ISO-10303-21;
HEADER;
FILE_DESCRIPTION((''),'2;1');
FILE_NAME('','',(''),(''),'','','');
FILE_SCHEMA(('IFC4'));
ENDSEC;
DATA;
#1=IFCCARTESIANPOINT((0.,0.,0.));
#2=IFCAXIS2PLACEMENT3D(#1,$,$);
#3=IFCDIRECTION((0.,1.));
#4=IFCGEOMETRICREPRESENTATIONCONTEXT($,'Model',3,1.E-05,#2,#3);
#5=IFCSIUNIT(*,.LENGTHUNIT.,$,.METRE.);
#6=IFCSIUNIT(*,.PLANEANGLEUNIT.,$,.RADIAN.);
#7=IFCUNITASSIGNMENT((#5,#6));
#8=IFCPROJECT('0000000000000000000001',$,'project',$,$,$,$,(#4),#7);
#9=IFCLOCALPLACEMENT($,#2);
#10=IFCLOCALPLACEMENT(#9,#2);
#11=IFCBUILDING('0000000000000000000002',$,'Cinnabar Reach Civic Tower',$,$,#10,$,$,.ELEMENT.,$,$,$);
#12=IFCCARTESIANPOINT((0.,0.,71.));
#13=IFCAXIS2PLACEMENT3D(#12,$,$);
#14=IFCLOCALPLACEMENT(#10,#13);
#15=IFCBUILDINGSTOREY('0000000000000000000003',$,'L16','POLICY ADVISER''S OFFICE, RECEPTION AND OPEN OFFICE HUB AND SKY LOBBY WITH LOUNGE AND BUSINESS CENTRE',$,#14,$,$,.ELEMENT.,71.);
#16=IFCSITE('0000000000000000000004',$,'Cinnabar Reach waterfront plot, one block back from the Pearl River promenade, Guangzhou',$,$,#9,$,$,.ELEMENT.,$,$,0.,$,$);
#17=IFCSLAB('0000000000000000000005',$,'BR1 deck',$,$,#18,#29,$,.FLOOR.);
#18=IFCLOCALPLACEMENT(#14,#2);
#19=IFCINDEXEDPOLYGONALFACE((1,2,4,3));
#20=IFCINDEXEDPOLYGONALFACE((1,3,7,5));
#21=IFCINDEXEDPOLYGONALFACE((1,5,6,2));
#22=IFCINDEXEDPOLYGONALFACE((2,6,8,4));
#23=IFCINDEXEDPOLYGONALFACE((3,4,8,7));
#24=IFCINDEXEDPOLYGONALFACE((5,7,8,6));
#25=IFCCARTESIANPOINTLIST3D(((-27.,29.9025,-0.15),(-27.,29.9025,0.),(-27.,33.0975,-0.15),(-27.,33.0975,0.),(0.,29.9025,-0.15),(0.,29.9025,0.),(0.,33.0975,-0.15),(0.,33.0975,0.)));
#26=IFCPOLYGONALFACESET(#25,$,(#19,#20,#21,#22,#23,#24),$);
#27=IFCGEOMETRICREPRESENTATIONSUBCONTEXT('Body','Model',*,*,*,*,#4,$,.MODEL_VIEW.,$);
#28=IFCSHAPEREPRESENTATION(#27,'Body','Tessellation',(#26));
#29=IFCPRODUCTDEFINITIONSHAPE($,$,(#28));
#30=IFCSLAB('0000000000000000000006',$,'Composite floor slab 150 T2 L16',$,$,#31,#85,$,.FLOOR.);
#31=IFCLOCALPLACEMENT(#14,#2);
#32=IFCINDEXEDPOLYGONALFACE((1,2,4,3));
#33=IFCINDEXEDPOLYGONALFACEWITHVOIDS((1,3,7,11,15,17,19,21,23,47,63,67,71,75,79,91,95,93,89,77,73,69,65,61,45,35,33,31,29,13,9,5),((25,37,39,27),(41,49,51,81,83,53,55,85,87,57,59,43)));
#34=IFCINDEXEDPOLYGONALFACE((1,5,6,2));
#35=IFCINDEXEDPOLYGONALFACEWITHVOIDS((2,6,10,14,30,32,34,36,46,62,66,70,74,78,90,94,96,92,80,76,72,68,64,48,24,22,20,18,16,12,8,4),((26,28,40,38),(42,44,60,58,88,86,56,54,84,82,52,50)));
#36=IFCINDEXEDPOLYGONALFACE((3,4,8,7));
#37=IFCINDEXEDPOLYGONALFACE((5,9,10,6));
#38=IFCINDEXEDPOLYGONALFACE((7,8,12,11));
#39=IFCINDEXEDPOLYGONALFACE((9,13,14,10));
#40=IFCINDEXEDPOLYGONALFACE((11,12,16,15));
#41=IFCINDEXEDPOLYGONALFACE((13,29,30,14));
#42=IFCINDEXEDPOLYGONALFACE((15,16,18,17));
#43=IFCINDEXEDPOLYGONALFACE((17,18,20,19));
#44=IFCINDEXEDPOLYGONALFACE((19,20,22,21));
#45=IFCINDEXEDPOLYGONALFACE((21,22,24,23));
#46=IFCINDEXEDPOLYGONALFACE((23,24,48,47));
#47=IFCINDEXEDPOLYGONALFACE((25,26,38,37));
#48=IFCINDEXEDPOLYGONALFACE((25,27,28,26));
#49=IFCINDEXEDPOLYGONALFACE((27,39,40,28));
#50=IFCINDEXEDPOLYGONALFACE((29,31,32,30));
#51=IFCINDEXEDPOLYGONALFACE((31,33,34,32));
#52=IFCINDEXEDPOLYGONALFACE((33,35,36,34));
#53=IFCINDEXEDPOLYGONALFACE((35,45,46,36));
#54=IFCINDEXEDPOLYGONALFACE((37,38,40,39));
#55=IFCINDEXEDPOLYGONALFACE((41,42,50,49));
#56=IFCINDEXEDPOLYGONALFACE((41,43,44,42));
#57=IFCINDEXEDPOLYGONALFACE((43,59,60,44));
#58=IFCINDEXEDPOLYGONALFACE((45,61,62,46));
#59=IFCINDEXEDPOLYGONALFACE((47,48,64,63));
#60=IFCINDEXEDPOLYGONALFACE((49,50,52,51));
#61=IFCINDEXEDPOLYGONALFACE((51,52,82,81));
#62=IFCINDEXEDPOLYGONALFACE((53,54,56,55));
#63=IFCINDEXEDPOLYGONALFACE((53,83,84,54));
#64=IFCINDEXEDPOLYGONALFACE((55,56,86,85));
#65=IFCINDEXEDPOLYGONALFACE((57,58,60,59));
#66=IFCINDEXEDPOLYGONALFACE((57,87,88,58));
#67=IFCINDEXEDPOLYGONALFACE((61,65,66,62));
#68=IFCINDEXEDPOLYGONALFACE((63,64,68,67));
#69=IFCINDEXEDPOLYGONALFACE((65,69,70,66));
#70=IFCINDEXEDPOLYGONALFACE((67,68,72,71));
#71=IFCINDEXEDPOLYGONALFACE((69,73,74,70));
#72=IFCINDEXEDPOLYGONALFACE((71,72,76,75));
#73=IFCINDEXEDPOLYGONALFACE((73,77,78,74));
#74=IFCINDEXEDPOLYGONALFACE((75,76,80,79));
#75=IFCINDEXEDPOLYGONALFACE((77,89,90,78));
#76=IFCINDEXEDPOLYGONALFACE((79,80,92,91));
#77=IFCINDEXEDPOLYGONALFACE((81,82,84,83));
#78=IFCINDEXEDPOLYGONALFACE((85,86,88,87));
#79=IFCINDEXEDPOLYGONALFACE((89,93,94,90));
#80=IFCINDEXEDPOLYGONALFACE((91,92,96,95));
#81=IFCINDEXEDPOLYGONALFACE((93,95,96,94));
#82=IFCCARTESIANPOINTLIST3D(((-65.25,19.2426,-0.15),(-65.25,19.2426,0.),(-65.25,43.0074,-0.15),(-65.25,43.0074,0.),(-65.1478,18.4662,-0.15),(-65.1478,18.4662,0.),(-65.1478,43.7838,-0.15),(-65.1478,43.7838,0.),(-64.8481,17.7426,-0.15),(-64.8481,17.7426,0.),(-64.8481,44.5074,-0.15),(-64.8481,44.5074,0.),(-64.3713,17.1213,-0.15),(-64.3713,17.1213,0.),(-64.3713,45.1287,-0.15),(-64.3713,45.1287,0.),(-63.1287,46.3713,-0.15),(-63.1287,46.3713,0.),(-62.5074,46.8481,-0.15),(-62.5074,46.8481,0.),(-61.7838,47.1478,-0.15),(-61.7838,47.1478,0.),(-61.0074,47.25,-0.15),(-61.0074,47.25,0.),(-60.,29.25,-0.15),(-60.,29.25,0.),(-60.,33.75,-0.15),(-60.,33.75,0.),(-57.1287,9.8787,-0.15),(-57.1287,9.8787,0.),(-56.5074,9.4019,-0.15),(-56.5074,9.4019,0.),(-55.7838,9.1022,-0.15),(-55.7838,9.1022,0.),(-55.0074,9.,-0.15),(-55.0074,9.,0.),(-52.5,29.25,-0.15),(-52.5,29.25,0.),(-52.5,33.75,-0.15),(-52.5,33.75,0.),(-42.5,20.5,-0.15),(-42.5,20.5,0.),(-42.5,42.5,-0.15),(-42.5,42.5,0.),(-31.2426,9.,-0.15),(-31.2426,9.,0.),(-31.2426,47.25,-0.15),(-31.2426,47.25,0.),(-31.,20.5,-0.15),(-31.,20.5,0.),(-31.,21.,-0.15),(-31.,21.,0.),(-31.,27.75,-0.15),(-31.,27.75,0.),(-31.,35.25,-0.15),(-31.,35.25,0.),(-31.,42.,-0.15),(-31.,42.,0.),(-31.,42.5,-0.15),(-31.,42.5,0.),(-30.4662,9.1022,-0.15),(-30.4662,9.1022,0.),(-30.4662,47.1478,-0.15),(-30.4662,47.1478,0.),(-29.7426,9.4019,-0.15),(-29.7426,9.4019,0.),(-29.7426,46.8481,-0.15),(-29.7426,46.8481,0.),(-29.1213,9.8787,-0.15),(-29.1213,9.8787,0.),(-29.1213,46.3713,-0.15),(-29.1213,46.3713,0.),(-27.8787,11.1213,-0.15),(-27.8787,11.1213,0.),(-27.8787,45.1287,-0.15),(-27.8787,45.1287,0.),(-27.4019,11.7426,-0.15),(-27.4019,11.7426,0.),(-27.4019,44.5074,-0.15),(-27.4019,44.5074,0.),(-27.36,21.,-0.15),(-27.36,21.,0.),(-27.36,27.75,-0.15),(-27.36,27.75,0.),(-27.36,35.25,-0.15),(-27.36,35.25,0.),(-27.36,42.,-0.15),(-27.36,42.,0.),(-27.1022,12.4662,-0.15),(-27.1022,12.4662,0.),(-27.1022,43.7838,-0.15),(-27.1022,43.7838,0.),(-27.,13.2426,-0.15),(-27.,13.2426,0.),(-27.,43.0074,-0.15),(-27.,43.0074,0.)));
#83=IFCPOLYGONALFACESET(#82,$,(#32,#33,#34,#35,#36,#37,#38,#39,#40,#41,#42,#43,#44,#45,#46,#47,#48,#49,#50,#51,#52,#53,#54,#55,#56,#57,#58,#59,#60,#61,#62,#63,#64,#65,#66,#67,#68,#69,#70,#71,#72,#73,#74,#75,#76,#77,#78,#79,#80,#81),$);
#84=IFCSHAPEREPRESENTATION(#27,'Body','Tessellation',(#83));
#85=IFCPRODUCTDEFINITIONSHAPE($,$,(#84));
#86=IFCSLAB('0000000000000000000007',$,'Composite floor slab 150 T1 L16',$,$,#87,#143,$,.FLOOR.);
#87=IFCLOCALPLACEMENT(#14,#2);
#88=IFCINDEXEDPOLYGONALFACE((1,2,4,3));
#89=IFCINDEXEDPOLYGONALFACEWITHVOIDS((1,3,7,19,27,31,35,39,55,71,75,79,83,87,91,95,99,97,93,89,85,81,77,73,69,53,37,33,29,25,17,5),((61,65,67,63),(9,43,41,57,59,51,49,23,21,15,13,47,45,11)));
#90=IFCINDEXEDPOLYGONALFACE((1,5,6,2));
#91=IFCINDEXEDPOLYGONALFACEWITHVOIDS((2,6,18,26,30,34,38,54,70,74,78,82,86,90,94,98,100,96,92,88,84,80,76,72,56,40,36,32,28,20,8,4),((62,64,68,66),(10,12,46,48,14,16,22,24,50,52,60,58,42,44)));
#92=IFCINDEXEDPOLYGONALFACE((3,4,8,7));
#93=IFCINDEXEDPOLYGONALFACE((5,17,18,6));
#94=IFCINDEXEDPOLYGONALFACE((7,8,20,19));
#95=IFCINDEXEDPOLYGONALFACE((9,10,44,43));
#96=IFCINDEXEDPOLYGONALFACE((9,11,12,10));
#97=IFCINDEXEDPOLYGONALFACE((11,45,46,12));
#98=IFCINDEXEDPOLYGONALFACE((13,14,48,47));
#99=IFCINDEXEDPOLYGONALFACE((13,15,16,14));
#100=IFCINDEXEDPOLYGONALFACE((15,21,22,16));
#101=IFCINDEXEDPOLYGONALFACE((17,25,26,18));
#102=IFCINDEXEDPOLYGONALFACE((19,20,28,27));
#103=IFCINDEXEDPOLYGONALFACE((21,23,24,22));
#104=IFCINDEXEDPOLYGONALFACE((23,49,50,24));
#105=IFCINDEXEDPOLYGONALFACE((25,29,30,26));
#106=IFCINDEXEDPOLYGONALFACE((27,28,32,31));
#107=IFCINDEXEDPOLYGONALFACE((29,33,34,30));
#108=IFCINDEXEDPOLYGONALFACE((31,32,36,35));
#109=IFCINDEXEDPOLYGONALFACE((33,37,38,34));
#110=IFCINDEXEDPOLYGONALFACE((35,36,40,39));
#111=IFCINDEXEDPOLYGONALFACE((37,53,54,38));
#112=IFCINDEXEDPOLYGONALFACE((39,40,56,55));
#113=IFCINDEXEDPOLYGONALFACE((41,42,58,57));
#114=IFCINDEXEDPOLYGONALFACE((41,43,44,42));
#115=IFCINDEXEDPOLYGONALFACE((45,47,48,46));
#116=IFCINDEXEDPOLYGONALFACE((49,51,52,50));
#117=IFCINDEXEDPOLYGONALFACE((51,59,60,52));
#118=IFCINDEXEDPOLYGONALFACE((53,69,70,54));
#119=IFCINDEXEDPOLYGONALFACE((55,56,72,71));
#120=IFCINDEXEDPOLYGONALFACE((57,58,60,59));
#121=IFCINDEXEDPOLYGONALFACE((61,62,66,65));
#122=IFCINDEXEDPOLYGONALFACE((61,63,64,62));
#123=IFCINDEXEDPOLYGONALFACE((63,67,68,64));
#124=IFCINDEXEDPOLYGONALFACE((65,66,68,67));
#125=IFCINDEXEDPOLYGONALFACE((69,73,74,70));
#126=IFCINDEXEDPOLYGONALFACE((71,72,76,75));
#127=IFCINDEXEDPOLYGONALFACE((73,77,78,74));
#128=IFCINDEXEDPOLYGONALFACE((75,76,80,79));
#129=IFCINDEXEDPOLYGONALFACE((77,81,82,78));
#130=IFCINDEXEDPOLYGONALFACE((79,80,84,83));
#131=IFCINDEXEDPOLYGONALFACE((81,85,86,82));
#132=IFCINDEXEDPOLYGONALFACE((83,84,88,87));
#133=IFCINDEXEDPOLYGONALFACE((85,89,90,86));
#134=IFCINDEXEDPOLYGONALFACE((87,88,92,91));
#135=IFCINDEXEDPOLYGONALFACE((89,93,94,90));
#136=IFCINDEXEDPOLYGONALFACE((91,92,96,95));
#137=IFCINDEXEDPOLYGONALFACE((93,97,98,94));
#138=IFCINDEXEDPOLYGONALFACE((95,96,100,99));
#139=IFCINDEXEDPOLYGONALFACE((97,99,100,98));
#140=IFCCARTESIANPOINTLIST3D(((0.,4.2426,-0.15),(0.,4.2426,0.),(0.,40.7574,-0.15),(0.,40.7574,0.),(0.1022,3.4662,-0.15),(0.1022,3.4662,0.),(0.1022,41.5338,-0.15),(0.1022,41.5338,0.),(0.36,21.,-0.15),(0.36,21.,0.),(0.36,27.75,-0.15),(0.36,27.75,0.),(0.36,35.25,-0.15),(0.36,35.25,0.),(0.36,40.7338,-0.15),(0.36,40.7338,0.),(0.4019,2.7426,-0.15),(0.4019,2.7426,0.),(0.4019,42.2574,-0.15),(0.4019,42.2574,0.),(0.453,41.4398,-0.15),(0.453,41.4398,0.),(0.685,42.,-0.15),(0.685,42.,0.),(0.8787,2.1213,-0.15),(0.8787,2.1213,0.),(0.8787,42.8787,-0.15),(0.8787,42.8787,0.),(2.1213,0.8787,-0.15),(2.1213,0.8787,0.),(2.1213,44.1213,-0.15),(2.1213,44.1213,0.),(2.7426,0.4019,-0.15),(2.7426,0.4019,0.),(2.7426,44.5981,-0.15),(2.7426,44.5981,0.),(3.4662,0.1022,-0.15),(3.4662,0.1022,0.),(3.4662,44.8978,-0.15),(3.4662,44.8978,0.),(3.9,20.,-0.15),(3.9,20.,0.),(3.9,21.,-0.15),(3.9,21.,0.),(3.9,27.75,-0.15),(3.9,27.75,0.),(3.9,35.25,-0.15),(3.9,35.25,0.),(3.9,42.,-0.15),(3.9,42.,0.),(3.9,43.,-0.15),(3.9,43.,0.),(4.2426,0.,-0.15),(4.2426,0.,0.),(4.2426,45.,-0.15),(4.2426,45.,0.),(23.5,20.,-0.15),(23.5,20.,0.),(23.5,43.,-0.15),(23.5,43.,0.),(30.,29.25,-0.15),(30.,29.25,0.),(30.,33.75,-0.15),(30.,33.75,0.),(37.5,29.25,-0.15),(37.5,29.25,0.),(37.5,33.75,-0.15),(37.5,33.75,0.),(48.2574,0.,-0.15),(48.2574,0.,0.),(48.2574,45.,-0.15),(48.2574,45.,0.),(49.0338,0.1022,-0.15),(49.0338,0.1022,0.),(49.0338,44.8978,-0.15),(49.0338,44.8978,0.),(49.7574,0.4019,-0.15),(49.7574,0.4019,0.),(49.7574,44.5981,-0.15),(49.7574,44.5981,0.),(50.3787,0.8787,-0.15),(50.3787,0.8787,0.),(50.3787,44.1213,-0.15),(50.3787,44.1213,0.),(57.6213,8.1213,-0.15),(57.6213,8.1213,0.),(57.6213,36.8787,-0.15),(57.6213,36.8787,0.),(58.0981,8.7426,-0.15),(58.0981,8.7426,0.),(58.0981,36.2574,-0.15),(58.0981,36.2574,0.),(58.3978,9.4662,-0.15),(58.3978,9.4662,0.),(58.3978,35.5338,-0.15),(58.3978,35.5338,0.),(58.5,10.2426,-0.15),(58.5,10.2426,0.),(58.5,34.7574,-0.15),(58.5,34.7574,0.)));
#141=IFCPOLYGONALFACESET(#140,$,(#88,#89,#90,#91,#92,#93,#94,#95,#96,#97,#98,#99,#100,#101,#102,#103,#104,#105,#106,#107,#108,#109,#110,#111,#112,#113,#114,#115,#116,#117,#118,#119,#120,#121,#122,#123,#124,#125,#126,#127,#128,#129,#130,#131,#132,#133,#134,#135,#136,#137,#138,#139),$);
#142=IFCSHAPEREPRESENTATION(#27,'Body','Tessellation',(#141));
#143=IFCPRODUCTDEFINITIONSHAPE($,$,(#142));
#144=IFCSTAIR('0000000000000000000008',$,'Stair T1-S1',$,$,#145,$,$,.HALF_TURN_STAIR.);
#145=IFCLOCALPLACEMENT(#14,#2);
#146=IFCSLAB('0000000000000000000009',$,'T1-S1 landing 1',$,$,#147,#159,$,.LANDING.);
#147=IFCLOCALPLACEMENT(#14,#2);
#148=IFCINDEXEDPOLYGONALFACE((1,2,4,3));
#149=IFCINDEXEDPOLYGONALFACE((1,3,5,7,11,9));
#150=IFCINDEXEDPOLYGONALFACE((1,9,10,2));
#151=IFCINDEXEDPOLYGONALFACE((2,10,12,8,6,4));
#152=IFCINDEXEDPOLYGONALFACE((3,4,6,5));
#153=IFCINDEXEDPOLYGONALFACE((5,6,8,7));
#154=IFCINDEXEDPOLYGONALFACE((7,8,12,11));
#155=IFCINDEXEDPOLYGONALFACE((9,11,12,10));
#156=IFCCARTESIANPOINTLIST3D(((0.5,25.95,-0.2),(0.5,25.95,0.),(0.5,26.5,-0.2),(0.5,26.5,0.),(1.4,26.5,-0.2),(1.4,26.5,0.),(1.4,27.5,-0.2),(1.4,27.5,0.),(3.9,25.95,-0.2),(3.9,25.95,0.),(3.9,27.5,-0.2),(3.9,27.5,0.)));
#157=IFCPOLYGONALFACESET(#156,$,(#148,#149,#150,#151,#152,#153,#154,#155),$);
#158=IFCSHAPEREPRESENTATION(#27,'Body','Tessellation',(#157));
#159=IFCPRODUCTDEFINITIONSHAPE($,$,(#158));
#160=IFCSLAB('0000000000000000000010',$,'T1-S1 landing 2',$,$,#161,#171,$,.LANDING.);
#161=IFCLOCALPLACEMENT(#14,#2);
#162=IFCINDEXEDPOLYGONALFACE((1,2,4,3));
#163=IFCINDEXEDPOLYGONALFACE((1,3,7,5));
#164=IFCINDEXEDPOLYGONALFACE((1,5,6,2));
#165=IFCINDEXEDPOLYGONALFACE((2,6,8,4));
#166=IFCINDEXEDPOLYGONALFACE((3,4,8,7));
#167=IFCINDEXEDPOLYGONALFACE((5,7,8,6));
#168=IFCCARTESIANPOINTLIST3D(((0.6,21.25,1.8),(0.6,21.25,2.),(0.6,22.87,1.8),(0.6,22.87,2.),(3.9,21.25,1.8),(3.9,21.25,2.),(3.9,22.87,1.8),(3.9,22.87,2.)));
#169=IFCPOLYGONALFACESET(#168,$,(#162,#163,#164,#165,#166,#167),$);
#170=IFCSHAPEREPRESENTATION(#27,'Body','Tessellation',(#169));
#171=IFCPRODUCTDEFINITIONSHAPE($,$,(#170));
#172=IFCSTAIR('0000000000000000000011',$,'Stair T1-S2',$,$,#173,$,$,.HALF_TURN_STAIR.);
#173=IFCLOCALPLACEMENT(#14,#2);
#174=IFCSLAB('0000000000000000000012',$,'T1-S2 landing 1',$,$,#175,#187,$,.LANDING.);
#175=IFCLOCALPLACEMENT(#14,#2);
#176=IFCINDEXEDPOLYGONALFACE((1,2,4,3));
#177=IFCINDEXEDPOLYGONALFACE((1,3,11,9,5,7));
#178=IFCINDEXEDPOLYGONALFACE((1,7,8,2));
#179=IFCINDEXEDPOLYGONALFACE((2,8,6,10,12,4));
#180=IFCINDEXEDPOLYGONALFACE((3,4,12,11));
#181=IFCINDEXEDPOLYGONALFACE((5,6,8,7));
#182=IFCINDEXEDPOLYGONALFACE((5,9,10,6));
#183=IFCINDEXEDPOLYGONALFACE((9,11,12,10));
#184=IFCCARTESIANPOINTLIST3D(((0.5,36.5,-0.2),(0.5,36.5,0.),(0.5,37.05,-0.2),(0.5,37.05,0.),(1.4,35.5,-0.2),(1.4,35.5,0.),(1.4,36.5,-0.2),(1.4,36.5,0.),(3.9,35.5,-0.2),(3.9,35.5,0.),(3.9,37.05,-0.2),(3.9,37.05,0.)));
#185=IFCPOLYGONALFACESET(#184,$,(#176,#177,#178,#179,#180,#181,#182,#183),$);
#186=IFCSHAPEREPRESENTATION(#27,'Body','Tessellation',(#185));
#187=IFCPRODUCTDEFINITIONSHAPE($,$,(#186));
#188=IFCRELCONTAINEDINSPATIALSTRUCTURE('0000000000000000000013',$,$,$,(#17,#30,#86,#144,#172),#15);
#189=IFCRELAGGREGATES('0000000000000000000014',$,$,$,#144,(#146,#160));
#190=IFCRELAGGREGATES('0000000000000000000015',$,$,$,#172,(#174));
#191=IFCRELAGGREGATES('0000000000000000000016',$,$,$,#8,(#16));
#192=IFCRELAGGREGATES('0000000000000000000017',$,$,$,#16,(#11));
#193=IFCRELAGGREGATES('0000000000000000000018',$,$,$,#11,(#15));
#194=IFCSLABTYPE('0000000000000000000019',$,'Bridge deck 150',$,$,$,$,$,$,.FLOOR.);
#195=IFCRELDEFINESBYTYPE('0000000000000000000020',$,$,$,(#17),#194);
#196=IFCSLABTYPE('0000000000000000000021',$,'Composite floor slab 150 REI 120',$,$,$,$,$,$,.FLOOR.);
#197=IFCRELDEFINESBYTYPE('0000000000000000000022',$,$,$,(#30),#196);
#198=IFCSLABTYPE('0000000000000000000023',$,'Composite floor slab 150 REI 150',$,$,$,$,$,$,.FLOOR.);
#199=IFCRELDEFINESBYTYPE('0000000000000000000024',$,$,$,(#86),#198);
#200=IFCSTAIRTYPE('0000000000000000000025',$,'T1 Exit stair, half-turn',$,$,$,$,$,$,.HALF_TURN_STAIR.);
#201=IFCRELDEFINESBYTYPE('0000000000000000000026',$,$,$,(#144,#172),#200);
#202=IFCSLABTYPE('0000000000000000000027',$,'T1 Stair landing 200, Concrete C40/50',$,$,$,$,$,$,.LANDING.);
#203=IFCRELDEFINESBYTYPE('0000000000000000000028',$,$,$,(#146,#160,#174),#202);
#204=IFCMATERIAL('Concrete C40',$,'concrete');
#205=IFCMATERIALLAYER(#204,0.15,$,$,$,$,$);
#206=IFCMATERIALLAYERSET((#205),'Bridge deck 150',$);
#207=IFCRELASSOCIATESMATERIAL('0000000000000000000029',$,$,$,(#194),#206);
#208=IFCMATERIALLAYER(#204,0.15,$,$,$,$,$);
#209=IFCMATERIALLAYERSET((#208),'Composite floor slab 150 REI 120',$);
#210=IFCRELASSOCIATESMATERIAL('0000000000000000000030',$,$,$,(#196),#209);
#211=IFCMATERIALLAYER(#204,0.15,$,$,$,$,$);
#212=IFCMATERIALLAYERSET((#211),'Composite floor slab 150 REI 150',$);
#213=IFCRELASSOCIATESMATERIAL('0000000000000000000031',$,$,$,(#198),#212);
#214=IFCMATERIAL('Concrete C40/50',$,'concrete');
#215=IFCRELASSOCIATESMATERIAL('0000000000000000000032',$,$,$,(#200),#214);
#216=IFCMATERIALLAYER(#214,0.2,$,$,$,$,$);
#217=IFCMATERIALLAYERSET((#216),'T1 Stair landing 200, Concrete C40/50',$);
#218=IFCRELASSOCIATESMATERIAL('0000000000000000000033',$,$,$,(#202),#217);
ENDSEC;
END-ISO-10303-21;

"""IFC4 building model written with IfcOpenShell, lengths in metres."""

from ifc_helpers import new_model, si_unit, direction, frame, origin, place, context, subcontext, project, spatial, polyline, outline, extrude, material, layer, layer_set, type_object, element, aggregate, save


model = new_model("IFC4")

# Units and contexts
model_context = context("Model", 3, precision=1e-05, world=origin(), true_north=direction((0.0, 1.0)))
body_context = subcontext(model_context, "Body", "Model", "MODEL_VIEW")
ifc_project = project(units=[si_unit("LENGTHUNIT", "METRE"), si_unit("PLANEANGLEUNIT", "RADIAN")], contexts=[model_context])

# Site, building, storey
site_placement = place(None, origin())
site = spatial("IfcSite", under=ifc_project, at=site_placement, Name="Cinnabar Reach waterfront plot, one block back from the Pearl River promenade, Guangzhou", CompositionType="ELEMENT", RefElevation=0.0)
building_placement = place(site_placement, origin())
building = spatial("IfcBuilding", under=site, at=building_placement, Name="Cinnabar Reach Civic Tower", CompositionType="ELEMENT")
storey_placement = place(building_placement, frame((0.0, 0.0, 71.0)))
storey = spatial("IfcBuildingStorey", under=building, at=storey_placement, Name="L16", Description="POLICY ADVISER'S OFFICE, RECEPTION AND OPEN OFFICE HUB AND SKY LOBBY WITH LOUNGE AND BUSINESS CENTRE", CompositionType="ELEMENT", Elevation=71.0)

# Slabs
ifc_material_1 = material(Name="Concrete C40", Category="concrete")
ifc_layer_1 = layer(ifc_material_1, 0.15)
ifc_layer_set_1 = layer_set([ifc_layer_1], Name="Bridge deck 150")
slab_type_1 = type_object("IfcSlabType", Name="Bridge deck 150", PredefinedType="FLOOR", material=ifc_layer_set_1)
slab_1_placement = place(storey_placement, frame((0.0, 0.0, -0.15)))
element("IfcSlab", 1, at=slab_1_placement, inside=storey, type_object=slab_type_1, Name="BR1 deck", PredefinedType="FLOOR", context=body_context, shape_type="SweptSolid", body=[
    extrude(outline(polyline([(-27.0, 29.9025), (0.0, 29.9025), (0.0, 33.0975), (-27.0, 33.0975), (-27.0, 29.9025)])), origin(), (0.0, 0.0, 1.0), 0.15),
])
ifc_layer_2 = layer(ifc_material_1, 0.15)
ifc_layer_set_2 = layer_set([ifc_layer_2], Name="Composite floor slab 150 REI 120")
slab_type_2 = type_object("IfcSlabType", Name="Composite floor slab 150 REI 120", PredefinedType="FLOOR", material=ifc_layer_set_2)
slab_2_placement = place(storey_placement, frame((0.0, 0.0, -0.15)))
element("IfcSlab", 2, at=slab_2_placement, inside=storey, type_object=slab_type_2, Name="Composite floor slab 150 T2 L16", PredefinedType="FLOOR", context=body_context, shape_type="SweptSolid", body=[
    extrude(outline(polyline([(-64.3713, 17.1213), (-64.8481, 17.7426), (-65.1478, 18.4662), (-65.25, 19.2426), (-65.25, 43.0074), (-65.1478, 43.7838), (-64.8481, 44.5074), (-64.3713, 45.1287), (-63.1287, 46.3713), (-62.5074, 46.8481), (-61.7838, 47.1478), (-61.0074, 47.25), (-31.2426, 47.25), (-30.4662, 47.1478), (-29.7426, 46.8481), (-29.1213, 46.3713), (-27.8787, 45.1287), (-27.4019, 44.5074), (-27.1022, 43.7838), (-27.0, 43.0074), (-27.0, 13.2426), (-27.1022, 12.4662), (-27.4019, 11.7426), (-27.8787, 11.1213), (-29.1213, 9.8787), (-29.7426, 9.4019), (-30.4662, 9.1022), (-31.2426, 9.0), (-55.0074, 9.0), (-55.7838, 9.1022), (-56.5074, 9.4019), (-57.1287, 9.8787), (-64.3713, 17.1213)]), holes=[polyline([(-31.0, 27.75), (-31.0, 35.25), (-27.36, 35.25), (-27.36, 42.0), (-31.0, 42.0), (-31.0, 42.5), (-42.5, 42.5), (-42.5, 20.5), (-31.0, 20.5), (-31.0, 21.0), (-27.36, 21.0), (-27.36, 27.75), (-31.0, 27.75)]), polyline([(-60.0, 33.75), (-60.0, 29.25), (-52.5, 29.25), (-52.5, 33.75), (-60.0, 33.75)])]), origin(), (0.0, 0.0, 1.0), 0.15),
])
ifc_layer_3 = layer(ifc_material_1, 0.15)
ifc_layer_set_3 = layer_set([ifc_layer_3], Name="Composite floor slab 150 REI 150")
slab_type_3 = type_object("IfcSlabType", Name="Composite floor slab 150 REI 150", PredefinedType="FLOOR", material=ifc_layer_set_3)
slab_3_placement = place(storey_placement, frame((0.0, 0.0, -0.15)))
element("IfcSlab", 3, at=slab_3_placement, inside=storey, type_object=slab_type_3, Name="Composite floor slab 150 T1 L16", PredefinedType="FLOOR", context=body_context, shape_type="SweptSolid", body=[
    extrude(outline(polyline([(0.8787, 2.1213), (0.4019, 2.7426), (0.1022, 3.4662), (0.0, 4.2426), (0.0, 40.7574), (0.1022, 41.5338), (0.4019, 42.2574), (0.8787, 42.8787), (2.1213, 44.1213), (2.7426, 44.5981), (3.4662, 44.8978), (4.2426, 45.0), (48.2574, 45.0), (49.0338, 44.8978), (49.7574, 44.5981), (50.3787, 44.1213), (57.6213, 36.8787), (58.0981, 36.2574), (58.3978, 35.5338), (58.5, 34.7574), (58.5, 10.2426), (58.3978, 9.4662), (58.0981, 8.7426), (57.6213, 8.1213), (50.3787, 0.8787), (49.7574, 0.4019), (49.0338, 0.1022), (48.2574, 0.0), (4.2426, 0.0), (3.4662, 0.1022), (2.7426, 0.4019), (2.1213, 0.8787), (0.8787, 2.1213)]), holes=[polyline([(0.36, 21.0), (3.9, 21.0), (3.9, 20.0), (23.5, 20.0), (23.5, 43.0), (3.9, 43.0), (3.9, 42.0), (0.685, 42.0), (0.453, 41.4398), (0.36, 40.7338), (0.36, 35.25), (3.9, 35.25), (3.9, 27.75), (0.36, 27.75), (0.36, 21.0)]), polyline([(30.0, 33.75), (30.0, 29.25), (37.5, 29.25), (37.5, 33.75), (30.0, 33.75)])]), origin(), (0.0, 0.0, 1.0), 0.15),
])

# Stairs, slabs
ifc_material_2 = material(Name="Concrete C40/50", Category="concrete")
stair_type_1 = type_object("IfcStairType", Name="T1 Exit stair, half-turn", PredefinedType="HALF_TURN_STAIR", material=ifc_material_2)
stair_1_placement = place(storey_placement, origin())
stair_1 = element("IfcStair", 4, at=stair_1_placement, inside=storey, type_object=stair_type_1, Name="Stair T1-S1", PredefinedType="HALF_TURN_STAIR")
ifc_layer_4 = layer(ifc_material_2, 0.2)
ifc_layer_set_4 = layer_set([ifc_layer_4], Name="T1 Stair landing 200, Concrete C40/50")
slab_type_4 = type_object("IfcSlabType", Name="T1 Stair landing 200, Concrete C40/50", PredefinedType="LANDING", material=ifc_layer_set_4)
slab_4_placement = place(storey_placement, frame((0.0, 0.0, -0.2)))
slab_4 = element("IfcSlab", 5, at=slab_4_placement, type_object=slab_type_4, Name="T1-S1 landing 1", PredefinedType="LANDING", context=body_context, shape_type="SweptSolid", body=[
    extrude(outline(polyline([(3.9, 27.5), (3.9, 25.95), (0.5, 25.95), (0.5, 26.5), (1.4, 26.5), (1.4, 27.5), (3.9, 27.5)])), origin(), (0.0, 0.0, 1.0), 0.2),
])
slab_5_placement = place(storey_placement, frame((0.0, 0.0, 1.8)))
slab_5 = element("IfcSlab", 6, at=slab_5_placement, type_object=slab_type_4, Name="T1-S1 landing 2", PredefinedType="LANDING", context=body_context, shape_type="SweptSolid", body=[
    extrude(outline(polyline([(0.6, 21.25), (0.6, 22.87), (3.9, 22.87), (3.9, 21.25), (0.6, 21.25)])), origin(), (0.0, 0.0, 1.0), 0.2),
])
aggregate(stair_1, [slab_4, slab_5])
stair_2_placement = place(storey_placement, origin())
stair_2 = element("IfcStair", 7, at=stair_2_placement, inside=storey, type_object=stair_type_1, Name="Stair T1-S2", PredefinedType="HALF_TURN_STAIR")
slab_6_placement = place(storey_placement, frame((0.0, 0.0, -0.2)))
slab_6 = element("IfcSlab", 8, at=slab_6_placement, type_object=slab_type_4, Name="T1-S2 landing 1", PredefinedType="LANDING", context=body_context, shape_type="SweptSolid", body=[
    extrude(outline(polyline([(0.5, 37.05), (3.9, 37.05), (3.9, 35.5), (1.4, 35.5), (1.4, 36.5), (0.5, 36.5), (0.5, 37.05)])), origin(), (0.0, 0.0, 1.0), 0.2),
])
aggregate(stair_2, [slab_6])

save(model, "model.ifc")
